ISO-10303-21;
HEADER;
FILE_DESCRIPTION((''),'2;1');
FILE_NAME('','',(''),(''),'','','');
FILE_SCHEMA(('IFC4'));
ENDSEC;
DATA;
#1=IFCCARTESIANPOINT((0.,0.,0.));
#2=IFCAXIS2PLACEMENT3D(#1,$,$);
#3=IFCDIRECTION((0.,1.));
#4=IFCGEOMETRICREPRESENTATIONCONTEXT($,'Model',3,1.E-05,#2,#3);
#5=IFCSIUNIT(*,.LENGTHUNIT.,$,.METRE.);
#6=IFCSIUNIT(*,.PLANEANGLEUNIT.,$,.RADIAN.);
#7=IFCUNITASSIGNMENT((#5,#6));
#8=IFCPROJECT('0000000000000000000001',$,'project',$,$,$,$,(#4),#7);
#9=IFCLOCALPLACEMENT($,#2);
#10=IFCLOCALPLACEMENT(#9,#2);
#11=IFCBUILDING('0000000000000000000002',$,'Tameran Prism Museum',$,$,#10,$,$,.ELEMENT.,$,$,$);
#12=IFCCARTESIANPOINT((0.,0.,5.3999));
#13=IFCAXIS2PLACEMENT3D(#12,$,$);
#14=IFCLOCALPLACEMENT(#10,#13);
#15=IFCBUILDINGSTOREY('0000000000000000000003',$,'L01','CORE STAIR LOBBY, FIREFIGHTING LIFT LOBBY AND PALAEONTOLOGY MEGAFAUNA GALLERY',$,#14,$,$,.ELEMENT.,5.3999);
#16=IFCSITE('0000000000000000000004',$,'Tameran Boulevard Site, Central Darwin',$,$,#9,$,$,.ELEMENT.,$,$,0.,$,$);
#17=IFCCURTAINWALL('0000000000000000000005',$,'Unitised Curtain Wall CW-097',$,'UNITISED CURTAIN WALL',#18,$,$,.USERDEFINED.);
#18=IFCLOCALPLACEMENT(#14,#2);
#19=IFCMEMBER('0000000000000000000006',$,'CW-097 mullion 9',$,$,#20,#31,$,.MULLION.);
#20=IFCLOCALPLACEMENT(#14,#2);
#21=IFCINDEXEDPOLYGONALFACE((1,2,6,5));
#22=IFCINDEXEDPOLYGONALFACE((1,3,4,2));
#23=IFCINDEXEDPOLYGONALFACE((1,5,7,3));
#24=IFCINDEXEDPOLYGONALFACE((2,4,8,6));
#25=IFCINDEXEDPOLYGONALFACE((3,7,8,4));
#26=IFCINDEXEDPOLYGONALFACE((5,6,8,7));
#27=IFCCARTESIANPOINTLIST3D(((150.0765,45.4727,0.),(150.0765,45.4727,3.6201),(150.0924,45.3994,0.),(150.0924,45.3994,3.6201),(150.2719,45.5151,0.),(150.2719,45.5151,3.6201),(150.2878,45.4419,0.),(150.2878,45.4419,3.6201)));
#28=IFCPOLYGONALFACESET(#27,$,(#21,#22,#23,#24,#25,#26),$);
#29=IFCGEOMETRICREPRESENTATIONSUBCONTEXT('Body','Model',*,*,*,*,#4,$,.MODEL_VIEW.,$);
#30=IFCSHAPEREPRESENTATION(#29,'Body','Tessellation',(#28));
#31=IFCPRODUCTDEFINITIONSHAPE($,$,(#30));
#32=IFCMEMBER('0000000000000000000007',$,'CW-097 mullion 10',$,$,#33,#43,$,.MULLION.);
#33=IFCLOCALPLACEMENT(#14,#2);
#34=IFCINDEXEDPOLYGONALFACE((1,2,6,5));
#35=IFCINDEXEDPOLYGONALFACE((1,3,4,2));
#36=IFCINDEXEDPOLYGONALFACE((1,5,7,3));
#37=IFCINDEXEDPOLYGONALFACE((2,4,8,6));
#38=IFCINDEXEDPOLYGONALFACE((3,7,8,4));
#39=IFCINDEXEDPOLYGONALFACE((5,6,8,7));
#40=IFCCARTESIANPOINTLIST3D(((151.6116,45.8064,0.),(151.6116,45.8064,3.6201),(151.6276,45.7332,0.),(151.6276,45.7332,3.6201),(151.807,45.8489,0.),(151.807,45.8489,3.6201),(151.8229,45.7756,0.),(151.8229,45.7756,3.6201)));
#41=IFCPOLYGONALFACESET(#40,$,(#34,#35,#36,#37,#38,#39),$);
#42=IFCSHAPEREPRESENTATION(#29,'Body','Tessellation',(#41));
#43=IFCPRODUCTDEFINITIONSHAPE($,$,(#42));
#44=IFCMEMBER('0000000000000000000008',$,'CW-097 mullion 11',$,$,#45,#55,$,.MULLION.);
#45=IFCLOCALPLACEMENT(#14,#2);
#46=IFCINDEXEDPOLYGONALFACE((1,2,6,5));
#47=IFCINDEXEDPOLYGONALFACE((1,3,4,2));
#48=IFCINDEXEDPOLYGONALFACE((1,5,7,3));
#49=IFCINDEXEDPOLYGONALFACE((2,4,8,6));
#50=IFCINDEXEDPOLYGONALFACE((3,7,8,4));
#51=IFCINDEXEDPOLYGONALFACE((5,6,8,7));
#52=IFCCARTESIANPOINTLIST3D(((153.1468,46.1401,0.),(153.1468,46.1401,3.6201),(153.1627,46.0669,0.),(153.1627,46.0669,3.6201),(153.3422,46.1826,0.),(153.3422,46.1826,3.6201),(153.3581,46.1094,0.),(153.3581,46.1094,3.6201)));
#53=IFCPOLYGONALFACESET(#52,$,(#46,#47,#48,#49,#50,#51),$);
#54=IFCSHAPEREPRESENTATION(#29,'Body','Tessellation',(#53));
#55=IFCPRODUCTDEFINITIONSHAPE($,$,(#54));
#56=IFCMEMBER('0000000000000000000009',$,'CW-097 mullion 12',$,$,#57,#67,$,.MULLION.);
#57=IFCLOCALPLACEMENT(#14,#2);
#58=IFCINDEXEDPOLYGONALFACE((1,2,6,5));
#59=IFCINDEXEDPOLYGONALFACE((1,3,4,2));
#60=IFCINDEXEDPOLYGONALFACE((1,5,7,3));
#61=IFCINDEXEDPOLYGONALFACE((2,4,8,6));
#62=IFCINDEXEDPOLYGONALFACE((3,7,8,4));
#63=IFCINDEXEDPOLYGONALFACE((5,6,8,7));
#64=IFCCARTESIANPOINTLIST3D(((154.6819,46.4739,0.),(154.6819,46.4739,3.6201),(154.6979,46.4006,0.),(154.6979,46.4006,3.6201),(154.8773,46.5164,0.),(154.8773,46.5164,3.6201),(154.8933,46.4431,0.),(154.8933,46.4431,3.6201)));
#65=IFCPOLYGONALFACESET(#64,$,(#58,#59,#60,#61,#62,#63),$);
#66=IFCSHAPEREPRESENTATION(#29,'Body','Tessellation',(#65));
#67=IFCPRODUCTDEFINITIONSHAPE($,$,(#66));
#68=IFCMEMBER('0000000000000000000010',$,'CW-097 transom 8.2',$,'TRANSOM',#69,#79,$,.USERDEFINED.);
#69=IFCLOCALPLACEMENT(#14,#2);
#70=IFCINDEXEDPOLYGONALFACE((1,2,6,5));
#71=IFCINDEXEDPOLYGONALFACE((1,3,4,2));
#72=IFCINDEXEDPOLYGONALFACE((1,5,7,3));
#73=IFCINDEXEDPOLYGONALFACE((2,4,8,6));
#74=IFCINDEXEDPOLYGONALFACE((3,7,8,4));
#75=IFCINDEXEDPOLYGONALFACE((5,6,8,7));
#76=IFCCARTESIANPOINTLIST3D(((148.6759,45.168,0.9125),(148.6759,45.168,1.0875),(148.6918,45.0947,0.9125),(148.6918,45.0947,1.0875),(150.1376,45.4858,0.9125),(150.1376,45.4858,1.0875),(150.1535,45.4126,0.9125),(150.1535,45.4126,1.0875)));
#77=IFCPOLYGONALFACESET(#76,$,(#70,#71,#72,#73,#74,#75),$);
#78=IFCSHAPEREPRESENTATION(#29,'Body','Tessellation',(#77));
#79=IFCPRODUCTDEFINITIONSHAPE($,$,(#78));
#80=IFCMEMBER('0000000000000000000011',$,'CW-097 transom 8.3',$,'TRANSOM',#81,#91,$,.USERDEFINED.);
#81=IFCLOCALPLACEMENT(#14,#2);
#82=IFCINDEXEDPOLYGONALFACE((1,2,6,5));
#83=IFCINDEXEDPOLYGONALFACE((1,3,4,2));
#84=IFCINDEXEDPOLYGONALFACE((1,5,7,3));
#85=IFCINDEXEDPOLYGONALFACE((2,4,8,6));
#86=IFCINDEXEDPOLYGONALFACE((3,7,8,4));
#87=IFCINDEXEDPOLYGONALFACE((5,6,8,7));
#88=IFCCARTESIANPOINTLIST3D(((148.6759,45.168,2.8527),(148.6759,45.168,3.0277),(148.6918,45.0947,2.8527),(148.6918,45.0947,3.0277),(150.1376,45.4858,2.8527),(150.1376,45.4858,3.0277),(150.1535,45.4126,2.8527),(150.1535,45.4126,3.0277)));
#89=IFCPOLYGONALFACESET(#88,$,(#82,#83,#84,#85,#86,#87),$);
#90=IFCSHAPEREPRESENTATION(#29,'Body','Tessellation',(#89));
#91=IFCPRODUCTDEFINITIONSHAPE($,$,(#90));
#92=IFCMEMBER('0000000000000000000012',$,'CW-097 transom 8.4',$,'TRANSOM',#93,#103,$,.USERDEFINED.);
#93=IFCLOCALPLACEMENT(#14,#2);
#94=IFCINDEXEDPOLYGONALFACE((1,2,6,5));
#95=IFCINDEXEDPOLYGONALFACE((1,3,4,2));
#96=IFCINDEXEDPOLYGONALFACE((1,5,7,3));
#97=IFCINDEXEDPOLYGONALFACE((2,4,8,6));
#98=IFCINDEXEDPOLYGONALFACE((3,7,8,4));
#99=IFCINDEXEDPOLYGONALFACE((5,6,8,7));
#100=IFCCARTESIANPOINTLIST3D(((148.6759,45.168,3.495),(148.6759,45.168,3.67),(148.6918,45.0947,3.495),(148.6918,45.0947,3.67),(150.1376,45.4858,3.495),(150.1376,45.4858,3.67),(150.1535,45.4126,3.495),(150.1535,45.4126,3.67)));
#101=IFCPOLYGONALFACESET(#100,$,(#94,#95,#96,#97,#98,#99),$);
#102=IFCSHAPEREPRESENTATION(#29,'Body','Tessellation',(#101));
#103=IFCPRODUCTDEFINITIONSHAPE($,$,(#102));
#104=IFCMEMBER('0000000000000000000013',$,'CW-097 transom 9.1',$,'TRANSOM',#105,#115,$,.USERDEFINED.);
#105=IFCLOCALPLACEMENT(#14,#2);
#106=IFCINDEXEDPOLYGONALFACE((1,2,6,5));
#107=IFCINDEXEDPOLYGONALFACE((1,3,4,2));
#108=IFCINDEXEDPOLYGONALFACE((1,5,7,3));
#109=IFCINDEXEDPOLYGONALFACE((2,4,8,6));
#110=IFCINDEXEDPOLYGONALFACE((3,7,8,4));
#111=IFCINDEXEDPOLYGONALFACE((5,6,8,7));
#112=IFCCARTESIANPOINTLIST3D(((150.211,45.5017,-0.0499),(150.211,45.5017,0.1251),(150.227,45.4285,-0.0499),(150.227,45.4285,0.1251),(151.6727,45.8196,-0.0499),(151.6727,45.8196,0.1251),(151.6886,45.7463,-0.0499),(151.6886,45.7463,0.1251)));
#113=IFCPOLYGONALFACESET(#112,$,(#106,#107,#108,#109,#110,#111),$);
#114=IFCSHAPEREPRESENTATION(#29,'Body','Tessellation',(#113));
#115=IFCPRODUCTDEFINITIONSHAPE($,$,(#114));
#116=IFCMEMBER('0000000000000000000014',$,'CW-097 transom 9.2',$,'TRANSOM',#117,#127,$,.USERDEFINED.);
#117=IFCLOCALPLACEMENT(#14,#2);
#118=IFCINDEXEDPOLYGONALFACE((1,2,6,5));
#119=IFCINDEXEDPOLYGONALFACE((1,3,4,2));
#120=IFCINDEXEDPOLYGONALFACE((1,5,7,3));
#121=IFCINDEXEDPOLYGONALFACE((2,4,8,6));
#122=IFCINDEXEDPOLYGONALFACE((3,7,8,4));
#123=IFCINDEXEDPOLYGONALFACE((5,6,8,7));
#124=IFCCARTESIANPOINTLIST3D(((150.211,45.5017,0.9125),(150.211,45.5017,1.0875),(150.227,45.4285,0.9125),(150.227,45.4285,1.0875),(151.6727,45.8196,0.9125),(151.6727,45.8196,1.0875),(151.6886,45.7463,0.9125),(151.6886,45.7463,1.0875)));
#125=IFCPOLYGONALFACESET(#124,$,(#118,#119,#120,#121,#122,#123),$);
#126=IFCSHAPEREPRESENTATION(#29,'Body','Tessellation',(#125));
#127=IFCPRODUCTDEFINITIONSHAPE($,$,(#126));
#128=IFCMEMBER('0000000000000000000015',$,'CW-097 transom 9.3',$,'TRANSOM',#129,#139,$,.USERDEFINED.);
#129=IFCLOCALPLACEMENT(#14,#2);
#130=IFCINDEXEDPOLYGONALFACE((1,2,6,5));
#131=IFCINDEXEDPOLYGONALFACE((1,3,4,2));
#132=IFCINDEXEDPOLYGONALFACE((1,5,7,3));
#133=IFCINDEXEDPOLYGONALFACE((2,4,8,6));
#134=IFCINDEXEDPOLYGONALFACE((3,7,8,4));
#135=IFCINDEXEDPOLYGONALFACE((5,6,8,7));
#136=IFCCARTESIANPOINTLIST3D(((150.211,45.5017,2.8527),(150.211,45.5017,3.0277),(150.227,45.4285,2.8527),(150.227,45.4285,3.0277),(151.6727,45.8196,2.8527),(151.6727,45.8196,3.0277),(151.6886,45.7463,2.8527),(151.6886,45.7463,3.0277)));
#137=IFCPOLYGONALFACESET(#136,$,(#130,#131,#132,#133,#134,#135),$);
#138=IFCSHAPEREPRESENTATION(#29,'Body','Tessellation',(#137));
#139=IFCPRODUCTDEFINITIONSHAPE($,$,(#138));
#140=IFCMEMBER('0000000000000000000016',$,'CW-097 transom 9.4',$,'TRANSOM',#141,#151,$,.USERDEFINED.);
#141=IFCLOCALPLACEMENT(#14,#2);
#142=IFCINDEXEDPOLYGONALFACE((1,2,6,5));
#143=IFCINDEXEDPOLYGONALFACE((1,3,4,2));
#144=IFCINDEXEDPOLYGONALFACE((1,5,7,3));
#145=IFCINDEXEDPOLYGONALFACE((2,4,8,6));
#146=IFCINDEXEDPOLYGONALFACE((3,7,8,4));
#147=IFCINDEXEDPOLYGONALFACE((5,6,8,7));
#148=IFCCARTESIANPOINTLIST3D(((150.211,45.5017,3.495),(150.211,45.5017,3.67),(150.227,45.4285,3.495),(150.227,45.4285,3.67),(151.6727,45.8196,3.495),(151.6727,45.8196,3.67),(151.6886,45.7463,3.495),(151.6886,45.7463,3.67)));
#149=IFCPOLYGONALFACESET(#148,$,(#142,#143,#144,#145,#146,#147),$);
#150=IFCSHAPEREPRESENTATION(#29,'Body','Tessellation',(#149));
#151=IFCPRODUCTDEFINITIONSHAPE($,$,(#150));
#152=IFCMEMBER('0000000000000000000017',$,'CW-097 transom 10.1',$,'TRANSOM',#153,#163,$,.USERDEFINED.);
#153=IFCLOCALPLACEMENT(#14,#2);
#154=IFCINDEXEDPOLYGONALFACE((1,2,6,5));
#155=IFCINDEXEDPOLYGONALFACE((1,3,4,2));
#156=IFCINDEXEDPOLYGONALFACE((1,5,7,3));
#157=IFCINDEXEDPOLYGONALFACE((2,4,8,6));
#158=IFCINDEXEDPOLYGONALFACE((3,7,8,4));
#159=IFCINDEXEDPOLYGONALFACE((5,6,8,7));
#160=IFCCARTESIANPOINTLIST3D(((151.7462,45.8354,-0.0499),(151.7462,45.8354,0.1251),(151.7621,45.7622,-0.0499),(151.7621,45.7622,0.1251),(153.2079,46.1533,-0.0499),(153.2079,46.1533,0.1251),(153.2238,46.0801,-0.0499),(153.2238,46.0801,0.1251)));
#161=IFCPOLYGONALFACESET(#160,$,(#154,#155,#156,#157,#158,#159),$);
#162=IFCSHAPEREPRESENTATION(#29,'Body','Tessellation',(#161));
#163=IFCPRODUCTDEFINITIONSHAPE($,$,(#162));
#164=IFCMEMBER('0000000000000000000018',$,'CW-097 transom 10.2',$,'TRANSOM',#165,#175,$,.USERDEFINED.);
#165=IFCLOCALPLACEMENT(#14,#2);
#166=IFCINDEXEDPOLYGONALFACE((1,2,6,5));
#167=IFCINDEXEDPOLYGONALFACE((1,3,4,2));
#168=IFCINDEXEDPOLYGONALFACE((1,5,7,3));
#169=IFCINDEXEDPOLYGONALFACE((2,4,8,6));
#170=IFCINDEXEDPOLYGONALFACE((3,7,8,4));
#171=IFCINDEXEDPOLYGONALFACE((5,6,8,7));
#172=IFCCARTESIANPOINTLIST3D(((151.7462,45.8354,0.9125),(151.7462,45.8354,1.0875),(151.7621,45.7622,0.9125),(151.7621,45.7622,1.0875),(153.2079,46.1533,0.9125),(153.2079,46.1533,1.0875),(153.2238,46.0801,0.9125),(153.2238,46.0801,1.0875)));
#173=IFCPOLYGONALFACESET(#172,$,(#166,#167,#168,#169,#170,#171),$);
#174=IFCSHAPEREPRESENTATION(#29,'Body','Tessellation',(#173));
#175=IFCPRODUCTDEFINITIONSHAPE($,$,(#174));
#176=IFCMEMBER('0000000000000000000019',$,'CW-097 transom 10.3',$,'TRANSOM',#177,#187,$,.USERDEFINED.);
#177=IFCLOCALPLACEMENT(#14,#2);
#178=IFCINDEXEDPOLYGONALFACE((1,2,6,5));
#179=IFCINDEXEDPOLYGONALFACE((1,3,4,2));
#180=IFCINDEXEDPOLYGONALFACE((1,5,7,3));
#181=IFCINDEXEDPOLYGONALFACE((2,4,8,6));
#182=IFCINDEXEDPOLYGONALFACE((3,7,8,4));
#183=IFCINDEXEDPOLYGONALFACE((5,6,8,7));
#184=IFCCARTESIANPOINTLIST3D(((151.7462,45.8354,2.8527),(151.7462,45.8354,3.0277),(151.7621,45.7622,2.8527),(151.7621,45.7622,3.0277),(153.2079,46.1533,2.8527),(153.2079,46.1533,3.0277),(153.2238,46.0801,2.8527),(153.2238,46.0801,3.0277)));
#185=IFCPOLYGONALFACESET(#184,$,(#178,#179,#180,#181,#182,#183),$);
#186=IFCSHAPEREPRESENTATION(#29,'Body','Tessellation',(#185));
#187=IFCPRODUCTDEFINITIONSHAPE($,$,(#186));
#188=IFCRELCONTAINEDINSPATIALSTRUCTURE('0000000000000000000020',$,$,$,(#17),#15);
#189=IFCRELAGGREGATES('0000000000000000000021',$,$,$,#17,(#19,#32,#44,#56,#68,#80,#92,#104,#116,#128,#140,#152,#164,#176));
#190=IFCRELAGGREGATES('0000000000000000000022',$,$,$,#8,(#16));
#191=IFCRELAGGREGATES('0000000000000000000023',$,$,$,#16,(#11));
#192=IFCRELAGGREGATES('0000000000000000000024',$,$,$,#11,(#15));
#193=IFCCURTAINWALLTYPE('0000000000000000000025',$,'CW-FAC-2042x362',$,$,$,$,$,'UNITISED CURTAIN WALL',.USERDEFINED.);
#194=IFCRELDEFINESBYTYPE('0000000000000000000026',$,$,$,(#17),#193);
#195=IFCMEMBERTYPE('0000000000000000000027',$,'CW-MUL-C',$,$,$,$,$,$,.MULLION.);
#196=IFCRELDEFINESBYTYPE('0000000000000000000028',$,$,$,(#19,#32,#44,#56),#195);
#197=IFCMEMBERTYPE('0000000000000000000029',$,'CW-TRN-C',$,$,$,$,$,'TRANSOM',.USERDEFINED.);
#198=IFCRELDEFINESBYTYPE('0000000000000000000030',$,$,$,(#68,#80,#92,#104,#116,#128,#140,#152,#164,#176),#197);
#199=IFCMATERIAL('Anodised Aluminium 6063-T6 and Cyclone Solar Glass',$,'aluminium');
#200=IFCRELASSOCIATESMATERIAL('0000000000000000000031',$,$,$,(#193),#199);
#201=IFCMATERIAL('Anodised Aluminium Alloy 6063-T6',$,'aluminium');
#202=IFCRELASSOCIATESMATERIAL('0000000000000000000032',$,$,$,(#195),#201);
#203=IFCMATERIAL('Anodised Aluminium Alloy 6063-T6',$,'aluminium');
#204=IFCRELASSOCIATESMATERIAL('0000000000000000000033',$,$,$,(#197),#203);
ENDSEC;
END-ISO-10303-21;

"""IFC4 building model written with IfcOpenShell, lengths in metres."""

from ifc_helpers import new_model, si_unit, direction, frame, origin, origin_2d, place, context, subcontext, project, spatial, rectangle, extrude, material, material_profile, profile_set, type_object, element, aggregate, save


model = new_model("IFC4")

# Units and contexts
model_context = context("Model", 3, precision=1e-05, world=origin(), true_north=direction((0.0, 1.0)))
body_context = subcontext(model_context, "Body", "Model", "MODEL_VIEW")
ifc_project = project(units=[si_unit("LENGTHUNIT", "METRE"), si_unit("PLANEANGLEUNIT", "RADIAN")], contexts=[model_context])

# Site, building, storey
site_placement = place(None, origin())
site = spatial("IfcSite", under=ifc_project, at=site_placement, Name="Tameran Boulevard Site, Central Darwin", CompositionType="ELEMENT", RefElevation=0.0)
building_placement = place(site_placement, origin())
building = spatial("IfcBuilding", under=site, at=building_placement, Name="Tameran Prism Museum", CompositionType="ELEMENT")
storey_placement = place(building_placement, frame((0.0, 0.0, 5.3999)))
storey = spatial("IfcBuildingStorey", under=building, at=storey_placement, Name="L01", Description="CORE STAIR LOBBY, FIREFIGHTING LIFT LOBBY AND PALAEONTOLOGY MEGAFAUNA GALLERY", CompositionType="ELEMENT", Elevation=5.3999)

# Curtain wall, members
ifc_material_1 = material(Name="Anodised Aluminium 6063-T6 and Cyclone Solar Glass", Category="aluminium")
curtain_wall_type = type_object("IfcCurtainWallType", Name="CW-FAC-2042x362", ElementType="UNITISED CURTAIN WALL", PredefinedType="USERDEFINED", material=ifc_material_1)
curtain_wall_placement = place(storey_placement, origin())
curtain_wall = element("IfcCurtainWall", 1, at=curtain_wall_placement, inside=storey, type_object=curtain_wall_type, Name="Unitised Curtain Wall CW-097", ObjectType="UNITISED CURTAIN WALL", PredefinedType="USERDEFINED")
ifc_material_2 = material(Name="Anodised Aluminium Alloy 6063-T6", Category="aluminium")
ifc_material_profile_1 = material_profile(ifc_material_2, rectangle(XDim=0.075, YDim=0.2, at=origin_2d()))
ifc_profile_set_1 = profile_set([ifc_material_profile_1])
member_type_1 = type_object("IfcMemberType", Name="CW-MUL-C", PredefinedType="MULLION", material=ifc_profile_set_1)
member_1_placement = place(storey_placement, frame((150.1821, 45.4573, 0.0), z_axis=(0.0, 0.0, 1.0), x_axis=(-0.212454, 0.977171, 0.0)))
member_1 = element("IfcMember", 2, at=member_1_placement, type_object=member_type_1, Name="CW-097 mullion 9", PredefinedType="MULLION", context=body_context, shape_type="SweptSolid", body=[
    extrude(rectangle(XDim=0.075, YDim=0.2, at=origin_2d()), origin(), (0.0, 0.0, 1.0), 3.6201),
])
member_2_placement = place(storey_placement, frame((151.7173, 45.791, 0.0), z_axis=(0.0, 0.0, 1.0), x_axis=(-0.212454, 0.977171, 0.0)))
member_2 = element("IfcMember", 3, at=member_2_placement, type_object=member_type_1, Name="CW-097 mullion 10", PredefinedType="MULLION", context=body_context, shape_type="SweptSolid", body=[
    extrude(rectangle(XDim=0.075, YDim=0.2, at=origin_2d()), origin(), (0.0, 0.0, 1.0), 3.6201),
])
member_3_placement = place(storey_placement, frame((153.2524, 46.1248, 0.0), z_axis=(0.0, 0.0, 1.0), x_axis=(-0.212454, 0.977171, 0.0)))
member_3 = element("IfcMember", 4, at=member_3_placement, type_object=member_type_1, Name="CW-097 mullion 11", PredefinedType="MULLION", context=body_context, shape_type="SweptSolid", body=[
    extrude(rectangle(XDim=0.075, YDim=0.2, at=origin_2d()), origin(), (0.0, 0.0, 1.0), 3.6201),
])
member_4_placement = place(storey_placement, frame((154.7876, 46.4585, 0.0), z_axis=(0.0, 0.0, 1.0), x_axis=(-0.212454, 0.977171, 0.0)))
member_4 = element("IfcMember", 5, at=member_4_placement, type_object=member_type_1, Name="CW-097 mullion 12", PredefinedType="MULLION", context=body_context, shape_type="SweptSolid", body=[
    extrude(rectangle(XDim=0.075, YDim=0.2, at=origin_2d()), origin(), (0.0, 0.0, 1.0), 3.6201),
])
ifc_material_3 = material(Name="Anodised Aluminium Alloy 6063-T6", Category="aluminium")
ifc_material_profile_2 = material_profile(ifc_material_3, rectangle(XDim=0.075, YDim=0.175, at=origin_2d()))
ifc_profile_set_2 = profile_set([ifc_material_profile_2])
member_type_2 = type_object("IfcMemberType", Name="CW-TRN-C", ElementType="TRANSOM", PredefinedType="USERDEFINED", material=ifc_profile_set_2)
member_5_placement = place(storey_placement, frame((148.6838, 45.1313, 1.0), z_axis=(0.97716, 0.212504, 0.0), x_axis=(-0.212504, 0.97716, 0.0)))
member_5 = element("IfcMember", 6, at=member_5_placement, type_object=member_type_2, Name="CW-097 transom 8.2", ObjectType="TRANSOM", PredefinedType="USERDEFINED", context=body_context, shape_type="SweptSolid", body=[
    extrude(rectangle(XDim=0.075, YDim=0.175, at=origin_2d()), origin(), (0.0, 0.0, 1.0), 1.4958),
])
member_6_placement = place(storey_placement, frame((148.6838, 45.1313, 2.9402), z_axis=(0.97716, 0.212504, 0.0), x_axis=(-0.212504, 0.97716, 0.0)))
member_6 = element("IfcMember", 7, at=member_6_placement, type_object=member_type_2, Name="CW-097 transom 8.3", ObjectType="TRANSOM", PredefinedType="USERDEFINED", context=body_context, shape_type="SweptSolid", body=[
    extrude(rectangle(XDim=0.075, YDim=0.175, at=origin_2d()), origin(), (0.0, 0.0, 1.0), 1.4958),
])
member_7_placement = place(storey_placement, frame((148.6838, 45.1313, 3.5825), z_axis=(0.97716, 0.212504, 0.0), x_axis=(-0.212504, 0.97716, 0.0)))
member_7 = element("IfcMember", 8, at=member_7_placement, type_object=member_type_2, Name="CW-097 transom 8.4", ObjectType="TRANSOM", PredefinedType="USERDEFINED", context=body_context, shape_type="SweptSolid", body=[
    extrude(rectangle(XDim=0.075, YDim=0.175, at=origin_2d()), origin(), (0.0, 0.0, 1.0), 1.4958),
])
member_8_placement = place(storey_placement, frame((150.219, 45.4651, 0.0376), z_axis=(0.97716, 0.212504, 0.0), x_axis=(-0.212504, 0.97716, 0.0)))
member_8 = element("IfcMember", 9, at=member_8_placement, type_object=member_type_2, Name="CW-097 transom 9.1", ObjectType="TRANSOM", PredefinedType="USERDEFINED", context=body_context, shape_type="SweptSolid", body=[
    extrude(rectangle(XDim=0.075, YDim=0.175, at=origin_2d()), origin(), (0.0, 0.0, 1.0), 1.4958),
])
member_9_placement = place(storey_placement, frame((150.219, 45.4651, 1.0), z_axis=(0.97716, 0.212504, 0.0), x_axis=(-0.212504, 0.97716, 0.0)))
member_9 = element("IfcMember", 10, at=member_9_placement, type_object=member_type_2, Name="CW-097 transom 9.2", ObjectType="TRANSOM", PredefinedType="USERDEFINED", context=body_context, shape_type="SweptSolid", body=[
    extrude(rectangle(XDim=0.075, YDim=0.175, at=origin_2d()), origin(), (0.0, 0.0, 1.0), 1.4958),
])
member_10_placement = place(storey_placement, frame((150.219, 45.4651, 2.9402), z_axis=(0.97716, 0.212504, 0.0), x_axis=(-0.212504, 0.97716, 0.0)))
member_10 = element("IfcMember", 11, at=member_10_placement, type_object=member_type_2, Name="CW-097 transom 9.3", ObjectType="TRANSOM", PredefinedType="USERDEFINED", context=body_context, shape_type="SweptSolid", body=[
    extrude(rectangle(XDim=0.075, YDim=0.175, at=origin_2d()), origin(), (0.0, 0.0, 1.0), 1.4958),
])
member_11_placement = place(storey_placement, frame((150.219, 45.4651, 3.5825), z_axis=(0.97716, 0.212504, 0.0), x_axis=(-0.212504, 0.97716, 0.0)))
member_11 = element("IfcMember", 12, at=member_11_placement, type_object=member_type_2, Name="CW-097 transom 9.4", ObjectType="TRANSOM", PredefinedType="USERDEFINED", context=body_context, shape_type="SweptSolid", body=[
    extrude(rectangle(XDim=0.075, YDim=0.175, at=origin_2d()), origin(), (0.0, 0.0, 1.0), 1.4958),
])
member_12_placement = place(storey_placement, frame((151.7542, 45.7988, 0.0376), z_axis=(0.97716, 0.212504, 0.0), x_axis=(-0.212504, 0.97716, 0.0)))
member_12 = element("IfcMember", 13, at=member_12_placement, type_object=member_type_2, Name="CW-097 transom 10.1", ObjectType="TRANSOM", PredefinedType="USERDEFINED", context=body_context, shape_type="SweptSolid", body=[
    extrude(rectangle(XDim=0.075, YDim=0.175, at=origin_2d()), origin(), (0.0, 0.0, 1.0), 1.4958),
])
member_13_placement = place(storey_placement, frame((151.7542, 45.7988, 1.0), z_axis=(0.97716, 0.212504, 0.0), x_axis=(-0.212504, 0.97716, 0.0)))
member_13 = element("IfcMember", 14, at=member_13_placement, type_object=member_type_2, Name="CW-097 transom 10.2", ObjectType="TRANSOM", PredefinedType="USERDEFINED", context=body_context, shape_type="SweptSolid", body=[
    extrude(rectangle(XDim=0.075, YDim=0.175, at=origin_2d()), origin(), (0.0, 0.0, 1.0), 1.4958),
])
member_14_placement = place(storey_placement, frame((151.7542, 45.7988, 2.9402), z_axis=(0.97716, 0.212504, 0.0), x_axis=(-0.212504, 0.97716, 0.0)))
member_14 = element("IfcMember", 15, at=member_14_placement, type_object=member_type_2, Name="CW-097 transom 10.3", ObjectType="TRANSOM", PredefinedType="USERDEFINED", context=body_context, shape_type="SweptSolid", body=[
    extrude(rectangle(XDim=0.075, YDim=0.175, at=origin_2d()), origin(), (0.0, 0.0, 1.0), 1.4958),
])
aggregate(curtain_wall, [member_1, member_2, member_3, member_4, member_5, member_6, member_7, member_8, member_9, member_10, member_11, member_12, member_13, member_14])

save(model, "model.ifc")
